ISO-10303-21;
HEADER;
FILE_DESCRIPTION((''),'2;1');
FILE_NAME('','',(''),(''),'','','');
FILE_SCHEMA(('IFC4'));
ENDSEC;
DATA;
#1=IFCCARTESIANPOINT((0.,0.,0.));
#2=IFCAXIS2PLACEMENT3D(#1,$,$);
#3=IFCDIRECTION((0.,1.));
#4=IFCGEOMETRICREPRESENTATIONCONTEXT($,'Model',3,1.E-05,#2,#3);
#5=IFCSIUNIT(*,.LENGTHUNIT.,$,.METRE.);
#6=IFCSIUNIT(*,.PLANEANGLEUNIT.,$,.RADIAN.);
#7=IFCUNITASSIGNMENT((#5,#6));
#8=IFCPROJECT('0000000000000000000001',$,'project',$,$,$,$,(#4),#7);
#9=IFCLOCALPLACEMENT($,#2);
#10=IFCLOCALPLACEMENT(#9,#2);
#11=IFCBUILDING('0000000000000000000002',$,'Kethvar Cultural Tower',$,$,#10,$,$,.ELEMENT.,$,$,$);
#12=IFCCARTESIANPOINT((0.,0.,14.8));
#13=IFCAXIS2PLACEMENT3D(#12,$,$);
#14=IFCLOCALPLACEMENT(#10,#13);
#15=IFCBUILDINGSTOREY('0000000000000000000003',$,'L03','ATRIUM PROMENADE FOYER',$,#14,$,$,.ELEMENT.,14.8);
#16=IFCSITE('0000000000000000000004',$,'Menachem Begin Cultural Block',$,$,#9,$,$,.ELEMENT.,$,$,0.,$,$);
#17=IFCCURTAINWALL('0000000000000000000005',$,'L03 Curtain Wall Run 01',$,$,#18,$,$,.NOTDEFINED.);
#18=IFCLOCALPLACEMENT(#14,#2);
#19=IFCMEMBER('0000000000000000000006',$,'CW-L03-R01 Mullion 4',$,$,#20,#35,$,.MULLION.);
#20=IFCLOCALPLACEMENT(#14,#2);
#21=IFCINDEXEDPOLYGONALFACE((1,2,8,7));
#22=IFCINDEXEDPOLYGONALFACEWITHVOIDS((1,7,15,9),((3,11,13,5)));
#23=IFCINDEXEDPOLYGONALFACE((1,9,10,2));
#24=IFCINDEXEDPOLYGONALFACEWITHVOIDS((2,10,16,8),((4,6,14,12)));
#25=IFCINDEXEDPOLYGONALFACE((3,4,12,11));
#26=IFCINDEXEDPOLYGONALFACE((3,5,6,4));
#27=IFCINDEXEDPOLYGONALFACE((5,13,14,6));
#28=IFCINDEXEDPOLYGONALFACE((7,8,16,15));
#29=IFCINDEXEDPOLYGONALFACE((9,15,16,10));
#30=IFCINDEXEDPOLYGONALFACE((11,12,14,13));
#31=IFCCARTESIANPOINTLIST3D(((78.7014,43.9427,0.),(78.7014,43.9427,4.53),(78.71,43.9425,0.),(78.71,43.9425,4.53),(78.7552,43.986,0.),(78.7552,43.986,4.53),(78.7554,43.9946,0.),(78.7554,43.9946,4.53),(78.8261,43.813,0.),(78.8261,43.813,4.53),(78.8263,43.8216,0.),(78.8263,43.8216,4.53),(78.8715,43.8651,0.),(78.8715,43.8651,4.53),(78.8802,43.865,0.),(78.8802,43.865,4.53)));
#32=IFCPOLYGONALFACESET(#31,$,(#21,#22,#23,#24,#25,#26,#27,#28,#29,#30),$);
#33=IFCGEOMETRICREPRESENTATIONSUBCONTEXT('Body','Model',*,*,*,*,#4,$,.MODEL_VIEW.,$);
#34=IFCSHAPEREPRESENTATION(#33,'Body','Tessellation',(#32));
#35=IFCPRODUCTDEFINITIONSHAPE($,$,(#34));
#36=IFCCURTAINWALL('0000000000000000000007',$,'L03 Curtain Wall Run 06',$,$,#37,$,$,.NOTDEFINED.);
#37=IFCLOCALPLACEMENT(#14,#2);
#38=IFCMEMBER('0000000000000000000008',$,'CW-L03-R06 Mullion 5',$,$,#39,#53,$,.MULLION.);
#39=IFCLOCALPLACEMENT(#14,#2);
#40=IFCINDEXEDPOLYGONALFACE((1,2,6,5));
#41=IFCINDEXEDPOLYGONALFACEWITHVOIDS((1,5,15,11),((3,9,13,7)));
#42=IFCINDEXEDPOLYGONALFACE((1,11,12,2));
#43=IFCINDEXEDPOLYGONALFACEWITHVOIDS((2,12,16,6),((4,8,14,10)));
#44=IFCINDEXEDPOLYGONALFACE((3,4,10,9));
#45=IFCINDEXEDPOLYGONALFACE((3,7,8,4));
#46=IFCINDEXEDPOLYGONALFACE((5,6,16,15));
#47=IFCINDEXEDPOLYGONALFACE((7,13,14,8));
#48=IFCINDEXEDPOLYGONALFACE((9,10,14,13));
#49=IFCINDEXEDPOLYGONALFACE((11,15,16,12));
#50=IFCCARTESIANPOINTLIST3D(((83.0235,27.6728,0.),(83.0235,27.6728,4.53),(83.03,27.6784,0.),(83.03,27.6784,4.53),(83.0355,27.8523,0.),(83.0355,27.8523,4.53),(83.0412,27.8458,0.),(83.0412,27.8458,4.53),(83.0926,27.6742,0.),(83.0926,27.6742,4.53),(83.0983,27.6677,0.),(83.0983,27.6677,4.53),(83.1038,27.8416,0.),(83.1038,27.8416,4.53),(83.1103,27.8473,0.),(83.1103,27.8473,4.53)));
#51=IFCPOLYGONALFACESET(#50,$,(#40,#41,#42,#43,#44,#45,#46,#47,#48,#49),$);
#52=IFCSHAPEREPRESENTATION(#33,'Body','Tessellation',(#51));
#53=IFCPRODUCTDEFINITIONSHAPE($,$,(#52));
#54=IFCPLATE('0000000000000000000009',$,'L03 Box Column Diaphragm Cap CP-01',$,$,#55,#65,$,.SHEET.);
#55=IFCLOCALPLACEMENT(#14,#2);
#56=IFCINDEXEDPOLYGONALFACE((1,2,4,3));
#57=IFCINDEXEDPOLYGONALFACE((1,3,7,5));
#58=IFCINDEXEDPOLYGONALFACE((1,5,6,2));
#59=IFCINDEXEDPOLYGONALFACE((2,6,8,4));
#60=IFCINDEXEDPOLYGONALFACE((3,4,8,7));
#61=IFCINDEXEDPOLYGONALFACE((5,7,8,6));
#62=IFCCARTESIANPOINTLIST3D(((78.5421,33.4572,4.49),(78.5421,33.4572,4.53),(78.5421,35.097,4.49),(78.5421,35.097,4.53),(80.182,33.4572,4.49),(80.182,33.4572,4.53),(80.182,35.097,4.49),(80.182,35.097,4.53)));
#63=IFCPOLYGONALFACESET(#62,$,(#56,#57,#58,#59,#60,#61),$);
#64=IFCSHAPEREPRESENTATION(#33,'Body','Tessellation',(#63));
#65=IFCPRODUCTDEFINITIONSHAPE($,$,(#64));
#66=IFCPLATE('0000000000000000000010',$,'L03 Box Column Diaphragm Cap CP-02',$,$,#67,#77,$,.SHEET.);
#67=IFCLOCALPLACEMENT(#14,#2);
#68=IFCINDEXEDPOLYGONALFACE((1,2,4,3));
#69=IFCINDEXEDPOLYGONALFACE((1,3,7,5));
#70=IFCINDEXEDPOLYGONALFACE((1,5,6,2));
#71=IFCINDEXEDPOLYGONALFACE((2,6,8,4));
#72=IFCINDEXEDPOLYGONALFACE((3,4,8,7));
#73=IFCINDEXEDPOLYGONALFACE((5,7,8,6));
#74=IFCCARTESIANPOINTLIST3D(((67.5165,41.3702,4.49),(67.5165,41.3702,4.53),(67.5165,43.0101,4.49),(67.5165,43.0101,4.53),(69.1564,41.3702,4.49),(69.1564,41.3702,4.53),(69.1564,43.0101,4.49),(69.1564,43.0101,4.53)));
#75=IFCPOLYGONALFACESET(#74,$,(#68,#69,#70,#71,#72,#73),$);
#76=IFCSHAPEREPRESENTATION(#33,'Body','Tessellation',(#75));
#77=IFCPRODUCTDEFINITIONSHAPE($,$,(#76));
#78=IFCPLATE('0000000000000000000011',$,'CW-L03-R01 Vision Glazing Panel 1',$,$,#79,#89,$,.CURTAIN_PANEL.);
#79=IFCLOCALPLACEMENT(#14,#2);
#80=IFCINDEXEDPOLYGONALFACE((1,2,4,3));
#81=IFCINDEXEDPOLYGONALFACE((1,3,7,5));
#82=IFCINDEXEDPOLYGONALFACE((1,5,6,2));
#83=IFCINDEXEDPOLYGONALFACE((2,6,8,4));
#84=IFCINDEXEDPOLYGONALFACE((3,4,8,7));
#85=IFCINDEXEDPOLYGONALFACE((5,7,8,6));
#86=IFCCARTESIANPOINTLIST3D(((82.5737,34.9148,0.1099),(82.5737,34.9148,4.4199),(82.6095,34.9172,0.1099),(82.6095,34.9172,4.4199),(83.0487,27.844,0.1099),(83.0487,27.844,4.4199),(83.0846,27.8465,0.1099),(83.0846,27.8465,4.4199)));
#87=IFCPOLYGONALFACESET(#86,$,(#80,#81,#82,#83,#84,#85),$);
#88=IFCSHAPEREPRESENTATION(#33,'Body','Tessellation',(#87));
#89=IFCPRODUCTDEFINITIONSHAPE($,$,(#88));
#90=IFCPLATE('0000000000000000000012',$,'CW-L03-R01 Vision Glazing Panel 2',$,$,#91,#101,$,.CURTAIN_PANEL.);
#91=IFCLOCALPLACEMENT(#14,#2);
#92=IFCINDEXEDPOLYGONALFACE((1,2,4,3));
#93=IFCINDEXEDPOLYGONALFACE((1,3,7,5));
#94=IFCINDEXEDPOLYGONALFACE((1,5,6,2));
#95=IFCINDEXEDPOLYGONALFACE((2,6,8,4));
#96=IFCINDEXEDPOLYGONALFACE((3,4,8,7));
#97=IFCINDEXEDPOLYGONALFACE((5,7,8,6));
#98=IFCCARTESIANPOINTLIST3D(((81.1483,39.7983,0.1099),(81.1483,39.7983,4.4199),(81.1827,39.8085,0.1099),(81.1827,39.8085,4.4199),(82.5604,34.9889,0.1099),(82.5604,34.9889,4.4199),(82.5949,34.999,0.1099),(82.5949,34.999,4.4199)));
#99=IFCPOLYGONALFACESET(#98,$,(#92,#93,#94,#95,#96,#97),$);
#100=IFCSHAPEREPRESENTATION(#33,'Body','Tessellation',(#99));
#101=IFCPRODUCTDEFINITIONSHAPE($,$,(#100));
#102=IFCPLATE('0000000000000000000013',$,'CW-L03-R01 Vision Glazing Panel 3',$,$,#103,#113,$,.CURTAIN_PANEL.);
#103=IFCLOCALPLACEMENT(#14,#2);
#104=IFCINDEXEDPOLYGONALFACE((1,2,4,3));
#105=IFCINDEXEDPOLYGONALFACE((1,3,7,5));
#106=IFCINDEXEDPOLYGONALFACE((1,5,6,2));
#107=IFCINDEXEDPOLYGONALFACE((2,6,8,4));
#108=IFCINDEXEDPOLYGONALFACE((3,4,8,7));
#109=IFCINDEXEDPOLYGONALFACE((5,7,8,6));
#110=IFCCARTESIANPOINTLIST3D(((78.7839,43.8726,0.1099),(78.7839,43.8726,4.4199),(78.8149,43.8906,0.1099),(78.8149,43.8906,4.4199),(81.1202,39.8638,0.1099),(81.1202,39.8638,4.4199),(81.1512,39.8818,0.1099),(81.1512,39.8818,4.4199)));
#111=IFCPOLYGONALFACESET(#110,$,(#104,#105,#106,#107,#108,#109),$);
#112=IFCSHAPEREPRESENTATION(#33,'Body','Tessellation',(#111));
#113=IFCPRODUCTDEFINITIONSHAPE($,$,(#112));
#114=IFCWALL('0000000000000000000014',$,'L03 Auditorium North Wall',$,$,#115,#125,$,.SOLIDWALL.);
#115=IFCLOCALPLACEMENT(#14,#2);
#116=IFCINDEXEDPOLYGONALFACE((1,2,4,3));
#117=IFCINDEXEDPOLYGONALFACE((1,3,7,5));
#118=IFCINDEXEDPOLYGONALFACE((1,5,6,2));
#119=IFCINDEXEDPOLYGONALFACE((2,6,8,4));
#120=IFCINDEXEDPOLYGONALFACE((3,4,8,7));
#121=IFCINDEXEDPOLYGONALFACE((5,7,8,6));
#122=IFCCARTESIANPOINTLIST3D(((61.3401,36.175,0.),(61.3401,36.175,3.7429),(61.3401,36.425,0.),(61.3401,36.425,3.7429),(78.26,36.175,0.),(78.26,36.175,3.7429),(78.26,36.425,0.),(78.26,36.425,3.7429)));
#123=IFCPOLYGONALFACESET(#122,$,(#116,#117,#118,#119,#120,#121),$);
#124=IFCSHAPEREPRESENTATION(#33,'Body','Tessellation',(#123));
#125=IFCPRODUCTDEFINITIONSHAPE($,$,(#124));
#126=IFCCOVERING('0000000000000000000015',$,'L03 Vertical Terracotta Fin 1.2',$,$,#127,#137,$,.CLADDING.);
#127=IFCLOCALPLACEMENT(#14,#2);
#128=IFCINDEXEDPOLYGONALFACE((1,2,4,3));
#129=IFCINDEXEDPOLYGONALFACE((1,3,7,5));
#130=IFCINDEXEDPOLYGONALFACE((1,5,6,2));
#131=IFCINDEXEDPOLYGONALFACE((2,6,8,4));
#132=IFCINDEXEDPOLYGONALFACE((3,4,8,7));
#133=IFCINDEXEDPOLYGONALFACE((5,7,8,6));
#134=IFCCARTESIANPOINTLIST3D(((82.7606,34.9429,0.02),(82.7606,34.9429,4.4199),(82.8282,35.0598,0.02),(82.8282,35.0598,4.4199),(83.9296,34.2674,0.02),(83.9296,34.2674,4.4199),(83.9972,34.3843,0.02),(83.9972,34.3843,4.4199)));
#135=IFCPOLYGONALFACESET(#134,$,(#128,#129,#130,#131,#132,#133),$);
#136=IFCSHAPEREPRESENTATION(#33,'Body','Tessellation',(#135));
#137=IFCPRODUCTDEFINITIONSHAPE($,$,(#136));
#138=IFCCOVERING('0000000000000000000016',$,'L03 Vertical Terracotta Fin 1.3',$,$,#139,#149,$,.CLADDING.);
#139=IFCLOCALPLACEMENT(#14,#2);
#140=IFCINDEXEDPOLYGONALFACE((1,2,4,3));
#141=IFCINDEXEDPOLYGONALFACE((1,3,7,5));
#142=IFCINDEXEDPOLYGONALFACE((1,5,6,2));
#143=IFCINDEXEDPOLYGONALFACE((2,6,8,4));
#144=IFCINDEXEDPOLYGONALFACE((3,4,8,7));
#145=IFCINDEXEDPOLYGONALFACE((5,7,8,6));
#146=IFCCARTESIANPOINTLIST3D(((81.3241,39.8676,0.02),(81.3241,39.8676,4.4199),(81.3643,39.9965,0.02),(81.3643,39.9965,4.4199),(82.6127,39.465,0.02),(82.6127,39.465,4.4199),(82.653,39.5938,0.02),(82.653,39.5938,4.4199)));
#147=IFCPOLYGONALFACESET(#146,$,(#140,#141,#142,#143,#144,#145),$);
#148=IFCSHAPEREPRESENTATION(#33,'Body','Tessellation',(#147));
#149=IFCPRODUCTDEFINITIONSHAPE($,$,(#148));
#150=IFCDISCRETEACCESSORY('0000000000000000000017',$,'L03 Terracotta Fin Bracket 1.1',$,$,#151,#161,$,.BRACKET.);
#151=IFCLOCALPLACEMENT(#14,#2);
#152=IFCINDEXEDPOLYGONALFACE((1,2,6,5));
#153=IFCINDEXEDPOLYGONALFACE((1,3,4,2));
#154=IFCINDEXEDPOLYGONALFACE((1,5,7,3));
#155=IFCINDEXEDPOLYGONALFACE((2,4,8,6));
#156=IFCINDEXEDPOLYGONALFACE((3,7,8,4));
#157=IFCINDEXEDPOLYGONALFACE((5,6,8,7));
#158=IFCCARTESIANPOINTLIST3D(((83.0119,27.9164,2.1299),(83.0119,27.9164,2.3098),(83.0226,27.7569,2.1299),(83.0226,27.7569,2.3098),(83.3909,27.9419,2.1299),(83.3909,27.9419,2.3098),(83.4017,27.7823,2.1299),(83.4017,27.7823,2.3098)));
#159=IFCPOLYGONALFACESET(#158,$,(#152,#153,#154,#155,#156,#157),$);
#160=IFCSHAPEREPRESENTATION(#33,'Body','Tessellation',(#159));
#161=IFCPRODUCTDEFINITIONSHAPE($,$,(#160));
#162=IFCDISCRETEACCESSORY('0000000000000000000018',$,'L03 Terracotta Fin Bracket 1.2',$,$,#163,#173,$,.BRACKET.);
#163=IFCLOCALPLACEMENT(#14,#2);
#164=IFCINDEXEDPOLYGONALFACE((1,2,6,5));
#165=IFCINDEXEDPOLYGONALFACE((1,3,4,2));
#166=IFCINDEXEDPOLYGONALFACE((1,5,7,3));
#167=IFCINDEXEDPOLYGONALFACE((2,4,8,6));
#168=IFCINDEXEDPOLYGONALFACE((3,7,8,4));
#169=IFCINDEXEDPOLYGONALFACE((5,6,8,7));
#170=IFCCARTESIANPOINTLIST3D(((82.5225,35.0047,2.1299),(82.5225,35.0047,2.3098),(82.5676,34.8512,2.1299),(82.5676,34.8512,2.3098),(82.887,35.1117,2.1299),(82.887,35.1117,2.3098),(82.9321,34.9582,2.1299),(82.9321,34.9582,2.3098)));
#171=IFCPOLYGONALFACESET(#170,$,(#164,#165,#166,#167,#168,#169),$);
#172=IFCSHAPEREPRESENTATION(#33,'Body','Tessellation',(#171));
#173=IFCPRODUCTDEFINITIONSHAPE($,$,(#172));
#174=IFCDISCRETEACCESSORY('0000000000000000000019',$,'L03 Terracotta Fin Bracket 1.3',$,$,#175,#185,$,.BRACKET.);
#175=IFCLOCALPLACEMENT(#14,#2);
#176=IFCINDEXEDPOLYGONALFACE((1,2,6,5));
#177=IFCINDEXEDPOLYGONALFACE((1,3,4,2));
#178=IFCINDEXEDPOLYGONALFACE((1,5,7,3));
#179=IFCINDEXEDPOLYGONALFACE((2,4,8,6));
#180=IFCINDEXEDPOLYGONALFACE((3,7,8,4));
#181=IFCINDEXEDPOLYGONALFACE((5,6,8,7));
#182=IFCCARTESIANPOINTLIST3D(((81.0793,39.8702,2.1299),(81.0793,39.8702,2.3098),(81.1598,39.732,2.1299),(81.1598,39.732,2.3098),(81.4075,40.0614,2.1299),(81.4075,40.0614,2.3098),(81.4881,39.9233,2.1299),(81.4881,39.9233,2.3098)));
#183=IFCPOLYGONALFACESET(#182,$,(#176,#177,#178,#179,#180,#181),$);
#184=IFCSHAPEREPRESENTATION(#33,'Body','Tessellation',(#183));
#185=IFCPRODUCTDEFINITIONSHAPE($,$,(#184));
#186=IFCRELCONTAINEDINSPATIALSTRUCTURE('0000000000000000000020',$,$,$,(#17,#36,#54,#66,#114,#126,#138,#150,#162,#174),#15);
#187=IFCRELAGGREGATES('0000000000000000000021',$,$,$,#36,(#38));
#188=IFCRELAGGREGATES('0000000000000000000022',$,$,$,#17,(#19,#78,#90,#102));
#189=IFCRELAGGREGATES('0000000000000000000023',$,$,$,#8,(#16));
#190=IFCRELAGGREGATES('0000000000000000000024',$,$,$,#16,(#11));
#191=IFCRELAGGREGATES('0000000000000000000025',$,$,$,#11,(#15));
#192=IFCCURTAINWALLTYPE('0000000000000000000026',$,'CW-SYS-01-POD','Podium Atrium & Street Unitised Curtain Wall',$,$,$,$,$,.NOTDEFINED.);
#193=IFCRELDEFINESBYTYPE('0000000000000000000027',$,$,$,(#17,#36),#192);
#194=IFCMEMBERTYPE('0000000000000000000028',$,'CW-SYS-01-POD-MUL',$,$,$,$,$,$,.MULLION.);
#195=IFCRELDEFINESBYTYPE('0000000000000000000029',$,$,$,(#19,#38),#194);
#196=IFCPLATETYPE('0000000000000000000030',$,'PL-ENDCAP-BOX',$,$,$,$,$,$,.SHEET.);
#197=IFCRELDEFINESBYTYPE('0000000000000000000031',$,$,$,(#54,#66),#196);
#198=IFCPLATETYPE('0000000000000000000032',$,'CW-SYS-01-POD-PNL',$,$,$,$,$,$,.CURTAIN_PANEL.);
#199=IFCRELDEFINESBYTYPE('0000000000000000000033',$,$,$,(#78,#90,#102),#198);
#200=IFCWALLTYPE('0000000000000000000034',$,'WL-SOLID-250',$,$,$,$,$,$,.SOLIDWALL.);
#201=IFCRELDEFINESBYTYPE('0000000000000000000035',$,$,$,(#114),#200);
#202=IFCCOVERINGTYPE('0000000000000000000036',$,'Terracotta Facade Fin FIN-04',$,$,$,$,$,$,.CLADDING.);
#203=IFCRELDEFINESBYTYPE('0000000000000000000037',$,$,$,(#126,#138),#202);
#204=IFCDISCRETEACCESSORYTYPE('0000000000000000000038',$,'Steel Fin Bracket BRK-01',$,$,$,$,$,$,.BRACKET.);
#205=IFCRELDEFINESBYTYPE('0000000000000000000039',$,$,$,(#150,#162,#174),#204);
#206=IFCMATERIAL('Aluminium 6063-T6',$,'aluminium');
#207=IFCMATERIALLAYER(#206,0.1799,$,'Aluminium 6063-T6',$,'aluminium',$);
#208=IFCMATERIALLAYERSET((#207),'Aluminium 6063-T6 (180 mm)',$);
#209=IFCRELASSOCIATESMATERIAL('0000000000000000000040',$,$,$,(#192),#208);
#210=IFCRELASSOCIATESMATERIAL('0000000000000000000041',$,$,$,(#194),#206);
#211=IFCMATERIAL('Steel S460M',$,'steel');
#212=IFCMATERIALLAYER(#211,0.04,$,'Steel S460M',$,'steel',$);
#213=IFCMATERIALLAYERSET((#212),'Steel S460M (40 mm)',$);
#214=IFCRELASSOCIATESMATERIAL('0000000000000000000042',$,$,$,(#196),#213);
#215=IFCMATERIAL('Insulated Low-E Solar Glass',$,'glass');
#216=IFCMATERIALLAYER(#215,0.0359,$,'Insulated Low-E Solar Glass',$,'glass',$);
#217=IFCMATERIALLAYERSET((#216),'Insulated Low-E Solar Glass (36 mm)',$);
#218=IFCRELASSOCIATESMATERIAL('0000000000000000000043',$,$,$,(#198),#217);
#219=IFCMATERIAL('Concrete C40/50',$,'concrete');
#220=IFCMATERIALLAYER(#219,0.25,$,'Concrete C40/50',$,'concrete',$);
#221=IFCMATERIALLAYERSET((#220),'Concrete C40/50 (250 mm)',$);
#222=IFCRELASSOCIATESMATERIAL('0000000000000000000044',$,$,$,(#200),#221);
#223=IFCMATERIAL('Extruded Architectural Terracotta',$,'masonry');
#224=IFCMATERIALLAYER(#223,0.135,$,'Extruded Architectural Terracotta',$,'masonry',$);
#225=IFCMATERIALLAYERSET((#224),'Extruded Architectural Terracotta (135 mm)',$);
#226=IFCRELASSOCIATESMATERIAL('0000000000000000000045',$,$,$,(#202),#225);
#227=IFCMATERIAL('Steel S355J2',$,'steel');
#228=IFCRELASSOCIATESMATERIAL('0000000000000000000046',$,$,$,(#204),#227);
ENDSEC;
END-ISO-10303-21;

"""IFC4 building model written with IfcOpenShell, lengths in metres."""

from ifc_helpers import new_model, si_unit, direction, frame, frame_2d, origin, origin_2d, place, context, subcontext, project, spatial, rectangle, hollow_rectangle, extrude, source, transform, mapped, material, layer, layer_set, material_profile, profile_set, type_object, element, aggregate, save


model = new_model("IFC4")

# Units and contexts
model_context = context("Model", 3, precision=1e-05, world=origin(), true_north=direction((0.0, 1.0)))
body_context = subcontext(model_context, "Body", "Model", "MODEL_VIEW")
ifc_project = project(units=[si_unit("LENGTHUNIT", "METRE"), si_unit("PLANEANGLEUNIT", "RADIAN")], contexts=[model_context])

# Site, building, storey
site_placement = place(None, origin())
site = spatial("IfcSite", under=ifc_project, at=site_placement, Name="Menachem Begin Cultural Block", CompositionType="ELEMENT", RefElevation=0.0)
building_placement = place(site_placement, origin())
building = spatial("IfcBuilding", under=site, at=building_placement, Name="Kethvar Cultural Tower", CompositionType="ELEMENT")
storey_placement = place(building_placement, frame((0.0, 0.0, 14.8)))
storey = spatial("IfcBuildingStorey", under=building, at=storey_placement, Name="L03", Description="ATRIUM PROMENADE FOYER", CompositionType="ELEMENT", Elevation=14.8)

# Shared definitions
ifc_material_1 = material(Name="Steel S460M", Category="steel")

# Shared definitions
ifc_material_2 = material(Name="Steel S355J2", Category="steel")

# Curtain wall, member
ifc_material_3 = material(Name="Aluminium 6063-T6", Category="aluminium")
ifc_layer_1 = layer(ifc_material_3, 0.1799, Name="Aluminium 6063-T6", Category="aluminium")
ifc_layer_set_1 = layer_set([ifc_layer_1], Name="Aluminium 6063-T6 (180 mm)")
curtain_wall_type = type_object("IfcCurtainWallType", Name="CW-SYS-01-POD", Description="Podium Atrium & Street Unitised Curtain Wall", PredefinedType="NOTDEFINED", material=ifc_layer_set_1)
curtain_wall_1_placement = place(storey_placement, origin())
curtain_wall_1 = element("IfcCurtainWall", 1, at=curtain_wall_1_placement, inside=storey, type_object=curtain_wall_type, Name="L03 Curtain Wall Run 01", PredefinedType="NOTDEFINED")
ifc_material_profile_1 = material_profile(ifc_material_3, hollow_rectangle(XDim=0.075, YDim=0.1799, WallThickness=0.0061, at=origin_2d()), Name="Aluminium 6063-T6 — RHS180x75x6")
ifc_profile_set_1 = profile_set([ifc_material_profile_1], Name="Aluminium 6063-T6 — RHS180x75x6")
member_type_1 = type_object("IfcMemberType", Name="CW-SYS-01-POD-MUL", PredefinedType="MULLION", material=ifc_profile_set_1)
shared_shape_1 = source(origin(), body_context, "Body", "SweptSolid", [
    extrude(hollow_rectangle(XDim=0.075, YDim=0.1799, WallThickness=0.0061, at=origin_2d()), origin(), (0.0, 0.0, 1.0), 4.53),
])
member_1_placement = place(storey_placement, frame((78.7908, 43.9038, 0.0), z_axis=(0.0, 0.0, 1.0), x_axis=(-0.720612, -0.693339, 0.0)))
member_1 = element("IfcMember", 2, at=member_1_placement, type_object=member_type_1, Name="CW-L03-R01 Mullion 4", PredefinedType="MULLION", context=body_context, shape_type="MappedRepresentation", body=[
    mapped(shared_shape_1, transform((0.0, 0.0, 0.0), scale=1.0)),
])

# Curtain wall, member
curtain_wall_2_placement = place(storey_placement, origin())
curtain_wall_2 = element("IfcCurtainWall", 3, at=curtain_wall_2_placement, inside=storey, type_object=curtain_wall_type, Name="L03 Curtain Wall Run 06", PredefinedType="NOTDEFINED")
member_2_placement = place(storey_placement, frame((83.0669, 27.76, 0.0), z_axis=(0.0, 0.0, 1.0), x_axis=(-0.99775, 0.06704, 0.0)))
member_2 = element("IfcMember", 4, at=member_2_placement, type_object=member_type_1, Name="CW-L03-R06 Mullion 5", PredefinedType="MULLION", context=body_context, shape_type="MappedRepresentation", body=[
    mapped(shared_shape_1, transform((0.0, 0.0, 0.0), scale=1.0)),
])
aggregate(curtain_wall_2, [member_2])

# Plates
ifc_layer_2 = layer(ifc_material_1, 0.04, Name="Steel S460M", Category="steel")
ifc_layer_set_2 = layer_set([ifc_layer_2], Name="Steel S460M (40 mm)")
plate_type_1 = type_object("IfcPlateType", Name="PL-ENDCAP-BOX", PredefinedType="SHEET", material=ifc_layer_set_2)
shared_shape_2 = source(origin(), body_context, "Body", "SweptSolid", [
    extrude(rectangle(XDim=1.6399, YDim=1.6399, at=origin_2d()), origin(), (0.0, 0.0, 1.0), 0.04),
])
for number, where, z_axis, x_axis, name in (
    (5, (79.3621, 34.2771, 4.49), (0.0, 0.0, 1.0), (1.0, 0.0, 0.0), "L03 Box Column Diaphragm Cap CP-01"),
    (6, (68.3364, 42.1902, 4.49), (0.0, 0.0, 1.0), (1.0, 0.0, 0.0), "L03 Box Column Diaphragm Cap CP-02"),
):
    element("IfcPlate", number, at=place(storey_placement, frame(where, z_axis=z_axis, x_axis=x_axis)), inside=storey, type_object=plate_type_1, Name=name, PredefinedType="SHEET", context=body_context, shape_type="MappedRepresentation", body=[
        mapped(shared_shape_2, transform((0.0, 0.0, 0.0), scale=1.0)),
    ])

# Plates
ifc_material_4 = material(Name="Insulated Low-E Solar Glass", Category="glass")
ifc_layer_3 = layer(ifc_material_4, 0.0359, Name="Insulated Low-E Solar Glass", Category="glass")
ifc_layer_set_3 = layer_set([ifc_layer_3], Name="Insulated Low-E Solar Glass (36 mm)")
plate_type_2 = type_object("IfcPlateType", Name="CW-SYS-01-POD-PNL", PredefinedType="CURTAIN_PANEL", material=ifc_layer_set_3)
shared_shape_3 = source(origin(), body_context, "Body", "SweptSolid", [
    extrude(rectangle(XDim=7.0867, YDim=0.0359, at=origin_2d()), origin(), (0.0, 0.0, 1.0), 4.3101),
])
plate_1_placement = place(storey_placement, frame((82.8291, 31.3806, 0.1099), z_axis=(0.0, 0.0, 1.0), x_axis=(-0.06704, 0.99775, 0.0)))
plate_1 = element("IfcPlate", 7, at=plate_1_placement, type_object=plate_type_2, Name="CW-L03-R01 Vision Glazing Panel 1", PredefinedType="CURTAIN_PANEL", context=body_context, shape_type="MappedRepresentation", body=[
    mapped(shared_shape_3, transform((0.0, 0.0, 0.0), scale=1.0)),
])
shared_shape_4 = source(origin(), body_context, "Body", "SweptSolid", [
    extrude(rectangle(XDim=5.0125, YDim=0.0359, at=origin_2d()), origin(), (0.0, 0.0, 1.0), 4.3101),
])
plate_2_placement = place(storey_placement, frame((81.8716, 37.3987, 0.1099), z_axis=(0.0, 0.0, 1.0), x_axis=(-0.281722, 0.959496, 0.0)))
plate_2 = element("IfcPlate", 8, at=plate_2_placement, type_object=plate_type_2, Name="CW-L03-R01 Vision Glazing Panel 2", PredefinedType="CURTAIN_PANEL", context=body_context, shape_type="MappedRepresentation", body=[
    mapped(shared_shape_4, transform((0.0, 0.0, 0.0), scale=1.0)),
])
shared_shape_5 = source(origin(), body_context, "Body", "SweptSolid", [
    extrude(rectangle(XDim=4.6399, YDim=0.0359, at=origin_2d()), origin(), (0.0, 0.0, 1.0), 4.3101),
])
plate_3_placement = place(storey_placement, frame((79.9675, 41.8772, 0.1099), z_axis=(0.0, 0.0, 1.0), x_axis=(-0.503518, 0.863985, 0.0)))
plate_3 = element("IfcPlate", 9, at=plate_3_placement, type_object=plate_type_2, Name="CW-L03-R01 Vision Glazing Panel 3", PredefinedType="CURTAIN_PANEL", context=body_context, shape_type="MappedRepresentation", body=[
    mapped(shared_shape_5, transform((0.0, 0.0, 0.0), scale=1.0)),
])
aggregate(curtain_wall_1, [member_1, plate_1, plate_2, plate_3])

# Wall
ifc_material_5 = material(Name="Concrete C40/50", Category="concrete")
ifc_layer_4 = layer(ifc_material_5, 0.25, Name="Concrete C40/50", Category="concrete")
ifc_layer_set_4 = layer_set([ifc_layer_4], Name="Concrete C40/50 (250 mm)")
wall_type = type_object("IfcWallType", Name="WL-SOLID-250", PredefinedType="SOLIDWALL", material=ifc_layer_set_4)
wall_placement = place(storey_placement, frame((61.3401, 36.3, 0.0), z_axis=(0.0, 0.0, 1.0), x_axis=(1.0, 0.0, 0.0)))
element("IfcWall", 10, at=wall_placement, inside=storey, type_object=wall_type, Name="L03 Auditorium North Wall", PredefinedType="SOLIDWALL", context=body_context, shape_type="SweptSolid", body=[
    extrude(rectangle(XDim=16.9199, YDim=0.25, at=frame_2d((8.46, 0.0))), origin(), (0.0, 0.0, 1.0), 3.7429),
])

# Coverings
ifc_material_6 = material(Name="Extruded Architectural Terracotta", Category="masonry")
ifc_layer_5 = layer(ifc_material_6, 0.135, Name="Extruded Architectural Terracotta", Category="masonry")
ifc_layer_set_5 = layer_set([ifc_layer_5], Name="Extruded Architectural Terracotta (135 mm)")
covering_type = type_object("IfcCoveringType", Name="Terracotta Facade Fin FIN-04", PredefinedType="CLADDING", material=ifc_layer_set_5)
shared_shape_6 = source(origin(), body_context, "Body", "SweptSolid", [
    extrude(rectangle(XDim=1.3501, YDim=0.135, at=origin_2d()), origin(), (0.0, 0.0, 1.0), 4.3999),
])
for number, where, z_axis, x_axis, name in (
    (11, (83.3789, 34.6636, 0.02), (0.0, 0.0, 1.0), (0.865851, -0.500302, 0.0), "L03 Vertical Terracotta Fin 1.2"),
    (12, (81.9885, 39.7307, 0.02), (0.0, 0.0, 1.0), (0.954501, -0.298208, 0.0), "L03 Vertical Terracotta Fin 1.3"),
):
    element("IfcCovering", number, at=place(storey_placement, frame(where, z_axis=z_axis, x_axis=x_axis)), inside=storey, type_object=covering_type, Name=name, PredefinedType="CLADDING", context=body_context, shape_type="MappedRepresentation", body=[
        mapped(shared_shape_6, transform((0.0, 0.0, 0.0), scale=1.0)),
    ])

# Discrete accessories
discrete_accessory_type = type_object("IfcDiscreteAccessoryType", Name="Steel Fin Bracket BRK-01", PredefinedType="BRACKET", material=ifc_material_2)
shared_shape_7 = source(origin(), body_context, "Body", "SweptSolid", [
    extrude(rectangle(XDim=0.3799, YDim=0.1599, at=origin_2d()), origin(), (0.0, 0.0, 1.0), 0.1799),
])
for number, where, z_axis, x_axis, name in (
    (13, (83.2068, 27.8494, 2.1299), (0.0, 0.0, 1.0), (0.997755, 0.06697, 0.0), "L03 Terracotta Fin Bracket 1.1"),
    (14, (82.7273, 34.9814, 2.1299), (0.0, 0.0, 1.0), (0.959511, 0.281672, 0.0), "L03 Terracotta Fin Bracket 1.2"),
    (15, (81.2837, 39.8967, 2.1299), (0.0, 0.0, 1.0), (0.864011, 0.503472, 0.0), "L03 Terracotta Fin Bracket 1.3"),
):
    element("IfcDiscreteAccessory", number, at=place(storey_placement, frame(where, z_axis=z_axis, x_axis=x_axis)), inside=storey, type_object=discrete_accessory_type, Name=name, PredefinedType="BRACKET", context=body_context, shape_type="MappedRepresentation", body=[
        mapped(shared_shape_7, transform((0.0, 0.0, 0.0), scale=1.0)),
    ])

save(model, "model.ifc")
